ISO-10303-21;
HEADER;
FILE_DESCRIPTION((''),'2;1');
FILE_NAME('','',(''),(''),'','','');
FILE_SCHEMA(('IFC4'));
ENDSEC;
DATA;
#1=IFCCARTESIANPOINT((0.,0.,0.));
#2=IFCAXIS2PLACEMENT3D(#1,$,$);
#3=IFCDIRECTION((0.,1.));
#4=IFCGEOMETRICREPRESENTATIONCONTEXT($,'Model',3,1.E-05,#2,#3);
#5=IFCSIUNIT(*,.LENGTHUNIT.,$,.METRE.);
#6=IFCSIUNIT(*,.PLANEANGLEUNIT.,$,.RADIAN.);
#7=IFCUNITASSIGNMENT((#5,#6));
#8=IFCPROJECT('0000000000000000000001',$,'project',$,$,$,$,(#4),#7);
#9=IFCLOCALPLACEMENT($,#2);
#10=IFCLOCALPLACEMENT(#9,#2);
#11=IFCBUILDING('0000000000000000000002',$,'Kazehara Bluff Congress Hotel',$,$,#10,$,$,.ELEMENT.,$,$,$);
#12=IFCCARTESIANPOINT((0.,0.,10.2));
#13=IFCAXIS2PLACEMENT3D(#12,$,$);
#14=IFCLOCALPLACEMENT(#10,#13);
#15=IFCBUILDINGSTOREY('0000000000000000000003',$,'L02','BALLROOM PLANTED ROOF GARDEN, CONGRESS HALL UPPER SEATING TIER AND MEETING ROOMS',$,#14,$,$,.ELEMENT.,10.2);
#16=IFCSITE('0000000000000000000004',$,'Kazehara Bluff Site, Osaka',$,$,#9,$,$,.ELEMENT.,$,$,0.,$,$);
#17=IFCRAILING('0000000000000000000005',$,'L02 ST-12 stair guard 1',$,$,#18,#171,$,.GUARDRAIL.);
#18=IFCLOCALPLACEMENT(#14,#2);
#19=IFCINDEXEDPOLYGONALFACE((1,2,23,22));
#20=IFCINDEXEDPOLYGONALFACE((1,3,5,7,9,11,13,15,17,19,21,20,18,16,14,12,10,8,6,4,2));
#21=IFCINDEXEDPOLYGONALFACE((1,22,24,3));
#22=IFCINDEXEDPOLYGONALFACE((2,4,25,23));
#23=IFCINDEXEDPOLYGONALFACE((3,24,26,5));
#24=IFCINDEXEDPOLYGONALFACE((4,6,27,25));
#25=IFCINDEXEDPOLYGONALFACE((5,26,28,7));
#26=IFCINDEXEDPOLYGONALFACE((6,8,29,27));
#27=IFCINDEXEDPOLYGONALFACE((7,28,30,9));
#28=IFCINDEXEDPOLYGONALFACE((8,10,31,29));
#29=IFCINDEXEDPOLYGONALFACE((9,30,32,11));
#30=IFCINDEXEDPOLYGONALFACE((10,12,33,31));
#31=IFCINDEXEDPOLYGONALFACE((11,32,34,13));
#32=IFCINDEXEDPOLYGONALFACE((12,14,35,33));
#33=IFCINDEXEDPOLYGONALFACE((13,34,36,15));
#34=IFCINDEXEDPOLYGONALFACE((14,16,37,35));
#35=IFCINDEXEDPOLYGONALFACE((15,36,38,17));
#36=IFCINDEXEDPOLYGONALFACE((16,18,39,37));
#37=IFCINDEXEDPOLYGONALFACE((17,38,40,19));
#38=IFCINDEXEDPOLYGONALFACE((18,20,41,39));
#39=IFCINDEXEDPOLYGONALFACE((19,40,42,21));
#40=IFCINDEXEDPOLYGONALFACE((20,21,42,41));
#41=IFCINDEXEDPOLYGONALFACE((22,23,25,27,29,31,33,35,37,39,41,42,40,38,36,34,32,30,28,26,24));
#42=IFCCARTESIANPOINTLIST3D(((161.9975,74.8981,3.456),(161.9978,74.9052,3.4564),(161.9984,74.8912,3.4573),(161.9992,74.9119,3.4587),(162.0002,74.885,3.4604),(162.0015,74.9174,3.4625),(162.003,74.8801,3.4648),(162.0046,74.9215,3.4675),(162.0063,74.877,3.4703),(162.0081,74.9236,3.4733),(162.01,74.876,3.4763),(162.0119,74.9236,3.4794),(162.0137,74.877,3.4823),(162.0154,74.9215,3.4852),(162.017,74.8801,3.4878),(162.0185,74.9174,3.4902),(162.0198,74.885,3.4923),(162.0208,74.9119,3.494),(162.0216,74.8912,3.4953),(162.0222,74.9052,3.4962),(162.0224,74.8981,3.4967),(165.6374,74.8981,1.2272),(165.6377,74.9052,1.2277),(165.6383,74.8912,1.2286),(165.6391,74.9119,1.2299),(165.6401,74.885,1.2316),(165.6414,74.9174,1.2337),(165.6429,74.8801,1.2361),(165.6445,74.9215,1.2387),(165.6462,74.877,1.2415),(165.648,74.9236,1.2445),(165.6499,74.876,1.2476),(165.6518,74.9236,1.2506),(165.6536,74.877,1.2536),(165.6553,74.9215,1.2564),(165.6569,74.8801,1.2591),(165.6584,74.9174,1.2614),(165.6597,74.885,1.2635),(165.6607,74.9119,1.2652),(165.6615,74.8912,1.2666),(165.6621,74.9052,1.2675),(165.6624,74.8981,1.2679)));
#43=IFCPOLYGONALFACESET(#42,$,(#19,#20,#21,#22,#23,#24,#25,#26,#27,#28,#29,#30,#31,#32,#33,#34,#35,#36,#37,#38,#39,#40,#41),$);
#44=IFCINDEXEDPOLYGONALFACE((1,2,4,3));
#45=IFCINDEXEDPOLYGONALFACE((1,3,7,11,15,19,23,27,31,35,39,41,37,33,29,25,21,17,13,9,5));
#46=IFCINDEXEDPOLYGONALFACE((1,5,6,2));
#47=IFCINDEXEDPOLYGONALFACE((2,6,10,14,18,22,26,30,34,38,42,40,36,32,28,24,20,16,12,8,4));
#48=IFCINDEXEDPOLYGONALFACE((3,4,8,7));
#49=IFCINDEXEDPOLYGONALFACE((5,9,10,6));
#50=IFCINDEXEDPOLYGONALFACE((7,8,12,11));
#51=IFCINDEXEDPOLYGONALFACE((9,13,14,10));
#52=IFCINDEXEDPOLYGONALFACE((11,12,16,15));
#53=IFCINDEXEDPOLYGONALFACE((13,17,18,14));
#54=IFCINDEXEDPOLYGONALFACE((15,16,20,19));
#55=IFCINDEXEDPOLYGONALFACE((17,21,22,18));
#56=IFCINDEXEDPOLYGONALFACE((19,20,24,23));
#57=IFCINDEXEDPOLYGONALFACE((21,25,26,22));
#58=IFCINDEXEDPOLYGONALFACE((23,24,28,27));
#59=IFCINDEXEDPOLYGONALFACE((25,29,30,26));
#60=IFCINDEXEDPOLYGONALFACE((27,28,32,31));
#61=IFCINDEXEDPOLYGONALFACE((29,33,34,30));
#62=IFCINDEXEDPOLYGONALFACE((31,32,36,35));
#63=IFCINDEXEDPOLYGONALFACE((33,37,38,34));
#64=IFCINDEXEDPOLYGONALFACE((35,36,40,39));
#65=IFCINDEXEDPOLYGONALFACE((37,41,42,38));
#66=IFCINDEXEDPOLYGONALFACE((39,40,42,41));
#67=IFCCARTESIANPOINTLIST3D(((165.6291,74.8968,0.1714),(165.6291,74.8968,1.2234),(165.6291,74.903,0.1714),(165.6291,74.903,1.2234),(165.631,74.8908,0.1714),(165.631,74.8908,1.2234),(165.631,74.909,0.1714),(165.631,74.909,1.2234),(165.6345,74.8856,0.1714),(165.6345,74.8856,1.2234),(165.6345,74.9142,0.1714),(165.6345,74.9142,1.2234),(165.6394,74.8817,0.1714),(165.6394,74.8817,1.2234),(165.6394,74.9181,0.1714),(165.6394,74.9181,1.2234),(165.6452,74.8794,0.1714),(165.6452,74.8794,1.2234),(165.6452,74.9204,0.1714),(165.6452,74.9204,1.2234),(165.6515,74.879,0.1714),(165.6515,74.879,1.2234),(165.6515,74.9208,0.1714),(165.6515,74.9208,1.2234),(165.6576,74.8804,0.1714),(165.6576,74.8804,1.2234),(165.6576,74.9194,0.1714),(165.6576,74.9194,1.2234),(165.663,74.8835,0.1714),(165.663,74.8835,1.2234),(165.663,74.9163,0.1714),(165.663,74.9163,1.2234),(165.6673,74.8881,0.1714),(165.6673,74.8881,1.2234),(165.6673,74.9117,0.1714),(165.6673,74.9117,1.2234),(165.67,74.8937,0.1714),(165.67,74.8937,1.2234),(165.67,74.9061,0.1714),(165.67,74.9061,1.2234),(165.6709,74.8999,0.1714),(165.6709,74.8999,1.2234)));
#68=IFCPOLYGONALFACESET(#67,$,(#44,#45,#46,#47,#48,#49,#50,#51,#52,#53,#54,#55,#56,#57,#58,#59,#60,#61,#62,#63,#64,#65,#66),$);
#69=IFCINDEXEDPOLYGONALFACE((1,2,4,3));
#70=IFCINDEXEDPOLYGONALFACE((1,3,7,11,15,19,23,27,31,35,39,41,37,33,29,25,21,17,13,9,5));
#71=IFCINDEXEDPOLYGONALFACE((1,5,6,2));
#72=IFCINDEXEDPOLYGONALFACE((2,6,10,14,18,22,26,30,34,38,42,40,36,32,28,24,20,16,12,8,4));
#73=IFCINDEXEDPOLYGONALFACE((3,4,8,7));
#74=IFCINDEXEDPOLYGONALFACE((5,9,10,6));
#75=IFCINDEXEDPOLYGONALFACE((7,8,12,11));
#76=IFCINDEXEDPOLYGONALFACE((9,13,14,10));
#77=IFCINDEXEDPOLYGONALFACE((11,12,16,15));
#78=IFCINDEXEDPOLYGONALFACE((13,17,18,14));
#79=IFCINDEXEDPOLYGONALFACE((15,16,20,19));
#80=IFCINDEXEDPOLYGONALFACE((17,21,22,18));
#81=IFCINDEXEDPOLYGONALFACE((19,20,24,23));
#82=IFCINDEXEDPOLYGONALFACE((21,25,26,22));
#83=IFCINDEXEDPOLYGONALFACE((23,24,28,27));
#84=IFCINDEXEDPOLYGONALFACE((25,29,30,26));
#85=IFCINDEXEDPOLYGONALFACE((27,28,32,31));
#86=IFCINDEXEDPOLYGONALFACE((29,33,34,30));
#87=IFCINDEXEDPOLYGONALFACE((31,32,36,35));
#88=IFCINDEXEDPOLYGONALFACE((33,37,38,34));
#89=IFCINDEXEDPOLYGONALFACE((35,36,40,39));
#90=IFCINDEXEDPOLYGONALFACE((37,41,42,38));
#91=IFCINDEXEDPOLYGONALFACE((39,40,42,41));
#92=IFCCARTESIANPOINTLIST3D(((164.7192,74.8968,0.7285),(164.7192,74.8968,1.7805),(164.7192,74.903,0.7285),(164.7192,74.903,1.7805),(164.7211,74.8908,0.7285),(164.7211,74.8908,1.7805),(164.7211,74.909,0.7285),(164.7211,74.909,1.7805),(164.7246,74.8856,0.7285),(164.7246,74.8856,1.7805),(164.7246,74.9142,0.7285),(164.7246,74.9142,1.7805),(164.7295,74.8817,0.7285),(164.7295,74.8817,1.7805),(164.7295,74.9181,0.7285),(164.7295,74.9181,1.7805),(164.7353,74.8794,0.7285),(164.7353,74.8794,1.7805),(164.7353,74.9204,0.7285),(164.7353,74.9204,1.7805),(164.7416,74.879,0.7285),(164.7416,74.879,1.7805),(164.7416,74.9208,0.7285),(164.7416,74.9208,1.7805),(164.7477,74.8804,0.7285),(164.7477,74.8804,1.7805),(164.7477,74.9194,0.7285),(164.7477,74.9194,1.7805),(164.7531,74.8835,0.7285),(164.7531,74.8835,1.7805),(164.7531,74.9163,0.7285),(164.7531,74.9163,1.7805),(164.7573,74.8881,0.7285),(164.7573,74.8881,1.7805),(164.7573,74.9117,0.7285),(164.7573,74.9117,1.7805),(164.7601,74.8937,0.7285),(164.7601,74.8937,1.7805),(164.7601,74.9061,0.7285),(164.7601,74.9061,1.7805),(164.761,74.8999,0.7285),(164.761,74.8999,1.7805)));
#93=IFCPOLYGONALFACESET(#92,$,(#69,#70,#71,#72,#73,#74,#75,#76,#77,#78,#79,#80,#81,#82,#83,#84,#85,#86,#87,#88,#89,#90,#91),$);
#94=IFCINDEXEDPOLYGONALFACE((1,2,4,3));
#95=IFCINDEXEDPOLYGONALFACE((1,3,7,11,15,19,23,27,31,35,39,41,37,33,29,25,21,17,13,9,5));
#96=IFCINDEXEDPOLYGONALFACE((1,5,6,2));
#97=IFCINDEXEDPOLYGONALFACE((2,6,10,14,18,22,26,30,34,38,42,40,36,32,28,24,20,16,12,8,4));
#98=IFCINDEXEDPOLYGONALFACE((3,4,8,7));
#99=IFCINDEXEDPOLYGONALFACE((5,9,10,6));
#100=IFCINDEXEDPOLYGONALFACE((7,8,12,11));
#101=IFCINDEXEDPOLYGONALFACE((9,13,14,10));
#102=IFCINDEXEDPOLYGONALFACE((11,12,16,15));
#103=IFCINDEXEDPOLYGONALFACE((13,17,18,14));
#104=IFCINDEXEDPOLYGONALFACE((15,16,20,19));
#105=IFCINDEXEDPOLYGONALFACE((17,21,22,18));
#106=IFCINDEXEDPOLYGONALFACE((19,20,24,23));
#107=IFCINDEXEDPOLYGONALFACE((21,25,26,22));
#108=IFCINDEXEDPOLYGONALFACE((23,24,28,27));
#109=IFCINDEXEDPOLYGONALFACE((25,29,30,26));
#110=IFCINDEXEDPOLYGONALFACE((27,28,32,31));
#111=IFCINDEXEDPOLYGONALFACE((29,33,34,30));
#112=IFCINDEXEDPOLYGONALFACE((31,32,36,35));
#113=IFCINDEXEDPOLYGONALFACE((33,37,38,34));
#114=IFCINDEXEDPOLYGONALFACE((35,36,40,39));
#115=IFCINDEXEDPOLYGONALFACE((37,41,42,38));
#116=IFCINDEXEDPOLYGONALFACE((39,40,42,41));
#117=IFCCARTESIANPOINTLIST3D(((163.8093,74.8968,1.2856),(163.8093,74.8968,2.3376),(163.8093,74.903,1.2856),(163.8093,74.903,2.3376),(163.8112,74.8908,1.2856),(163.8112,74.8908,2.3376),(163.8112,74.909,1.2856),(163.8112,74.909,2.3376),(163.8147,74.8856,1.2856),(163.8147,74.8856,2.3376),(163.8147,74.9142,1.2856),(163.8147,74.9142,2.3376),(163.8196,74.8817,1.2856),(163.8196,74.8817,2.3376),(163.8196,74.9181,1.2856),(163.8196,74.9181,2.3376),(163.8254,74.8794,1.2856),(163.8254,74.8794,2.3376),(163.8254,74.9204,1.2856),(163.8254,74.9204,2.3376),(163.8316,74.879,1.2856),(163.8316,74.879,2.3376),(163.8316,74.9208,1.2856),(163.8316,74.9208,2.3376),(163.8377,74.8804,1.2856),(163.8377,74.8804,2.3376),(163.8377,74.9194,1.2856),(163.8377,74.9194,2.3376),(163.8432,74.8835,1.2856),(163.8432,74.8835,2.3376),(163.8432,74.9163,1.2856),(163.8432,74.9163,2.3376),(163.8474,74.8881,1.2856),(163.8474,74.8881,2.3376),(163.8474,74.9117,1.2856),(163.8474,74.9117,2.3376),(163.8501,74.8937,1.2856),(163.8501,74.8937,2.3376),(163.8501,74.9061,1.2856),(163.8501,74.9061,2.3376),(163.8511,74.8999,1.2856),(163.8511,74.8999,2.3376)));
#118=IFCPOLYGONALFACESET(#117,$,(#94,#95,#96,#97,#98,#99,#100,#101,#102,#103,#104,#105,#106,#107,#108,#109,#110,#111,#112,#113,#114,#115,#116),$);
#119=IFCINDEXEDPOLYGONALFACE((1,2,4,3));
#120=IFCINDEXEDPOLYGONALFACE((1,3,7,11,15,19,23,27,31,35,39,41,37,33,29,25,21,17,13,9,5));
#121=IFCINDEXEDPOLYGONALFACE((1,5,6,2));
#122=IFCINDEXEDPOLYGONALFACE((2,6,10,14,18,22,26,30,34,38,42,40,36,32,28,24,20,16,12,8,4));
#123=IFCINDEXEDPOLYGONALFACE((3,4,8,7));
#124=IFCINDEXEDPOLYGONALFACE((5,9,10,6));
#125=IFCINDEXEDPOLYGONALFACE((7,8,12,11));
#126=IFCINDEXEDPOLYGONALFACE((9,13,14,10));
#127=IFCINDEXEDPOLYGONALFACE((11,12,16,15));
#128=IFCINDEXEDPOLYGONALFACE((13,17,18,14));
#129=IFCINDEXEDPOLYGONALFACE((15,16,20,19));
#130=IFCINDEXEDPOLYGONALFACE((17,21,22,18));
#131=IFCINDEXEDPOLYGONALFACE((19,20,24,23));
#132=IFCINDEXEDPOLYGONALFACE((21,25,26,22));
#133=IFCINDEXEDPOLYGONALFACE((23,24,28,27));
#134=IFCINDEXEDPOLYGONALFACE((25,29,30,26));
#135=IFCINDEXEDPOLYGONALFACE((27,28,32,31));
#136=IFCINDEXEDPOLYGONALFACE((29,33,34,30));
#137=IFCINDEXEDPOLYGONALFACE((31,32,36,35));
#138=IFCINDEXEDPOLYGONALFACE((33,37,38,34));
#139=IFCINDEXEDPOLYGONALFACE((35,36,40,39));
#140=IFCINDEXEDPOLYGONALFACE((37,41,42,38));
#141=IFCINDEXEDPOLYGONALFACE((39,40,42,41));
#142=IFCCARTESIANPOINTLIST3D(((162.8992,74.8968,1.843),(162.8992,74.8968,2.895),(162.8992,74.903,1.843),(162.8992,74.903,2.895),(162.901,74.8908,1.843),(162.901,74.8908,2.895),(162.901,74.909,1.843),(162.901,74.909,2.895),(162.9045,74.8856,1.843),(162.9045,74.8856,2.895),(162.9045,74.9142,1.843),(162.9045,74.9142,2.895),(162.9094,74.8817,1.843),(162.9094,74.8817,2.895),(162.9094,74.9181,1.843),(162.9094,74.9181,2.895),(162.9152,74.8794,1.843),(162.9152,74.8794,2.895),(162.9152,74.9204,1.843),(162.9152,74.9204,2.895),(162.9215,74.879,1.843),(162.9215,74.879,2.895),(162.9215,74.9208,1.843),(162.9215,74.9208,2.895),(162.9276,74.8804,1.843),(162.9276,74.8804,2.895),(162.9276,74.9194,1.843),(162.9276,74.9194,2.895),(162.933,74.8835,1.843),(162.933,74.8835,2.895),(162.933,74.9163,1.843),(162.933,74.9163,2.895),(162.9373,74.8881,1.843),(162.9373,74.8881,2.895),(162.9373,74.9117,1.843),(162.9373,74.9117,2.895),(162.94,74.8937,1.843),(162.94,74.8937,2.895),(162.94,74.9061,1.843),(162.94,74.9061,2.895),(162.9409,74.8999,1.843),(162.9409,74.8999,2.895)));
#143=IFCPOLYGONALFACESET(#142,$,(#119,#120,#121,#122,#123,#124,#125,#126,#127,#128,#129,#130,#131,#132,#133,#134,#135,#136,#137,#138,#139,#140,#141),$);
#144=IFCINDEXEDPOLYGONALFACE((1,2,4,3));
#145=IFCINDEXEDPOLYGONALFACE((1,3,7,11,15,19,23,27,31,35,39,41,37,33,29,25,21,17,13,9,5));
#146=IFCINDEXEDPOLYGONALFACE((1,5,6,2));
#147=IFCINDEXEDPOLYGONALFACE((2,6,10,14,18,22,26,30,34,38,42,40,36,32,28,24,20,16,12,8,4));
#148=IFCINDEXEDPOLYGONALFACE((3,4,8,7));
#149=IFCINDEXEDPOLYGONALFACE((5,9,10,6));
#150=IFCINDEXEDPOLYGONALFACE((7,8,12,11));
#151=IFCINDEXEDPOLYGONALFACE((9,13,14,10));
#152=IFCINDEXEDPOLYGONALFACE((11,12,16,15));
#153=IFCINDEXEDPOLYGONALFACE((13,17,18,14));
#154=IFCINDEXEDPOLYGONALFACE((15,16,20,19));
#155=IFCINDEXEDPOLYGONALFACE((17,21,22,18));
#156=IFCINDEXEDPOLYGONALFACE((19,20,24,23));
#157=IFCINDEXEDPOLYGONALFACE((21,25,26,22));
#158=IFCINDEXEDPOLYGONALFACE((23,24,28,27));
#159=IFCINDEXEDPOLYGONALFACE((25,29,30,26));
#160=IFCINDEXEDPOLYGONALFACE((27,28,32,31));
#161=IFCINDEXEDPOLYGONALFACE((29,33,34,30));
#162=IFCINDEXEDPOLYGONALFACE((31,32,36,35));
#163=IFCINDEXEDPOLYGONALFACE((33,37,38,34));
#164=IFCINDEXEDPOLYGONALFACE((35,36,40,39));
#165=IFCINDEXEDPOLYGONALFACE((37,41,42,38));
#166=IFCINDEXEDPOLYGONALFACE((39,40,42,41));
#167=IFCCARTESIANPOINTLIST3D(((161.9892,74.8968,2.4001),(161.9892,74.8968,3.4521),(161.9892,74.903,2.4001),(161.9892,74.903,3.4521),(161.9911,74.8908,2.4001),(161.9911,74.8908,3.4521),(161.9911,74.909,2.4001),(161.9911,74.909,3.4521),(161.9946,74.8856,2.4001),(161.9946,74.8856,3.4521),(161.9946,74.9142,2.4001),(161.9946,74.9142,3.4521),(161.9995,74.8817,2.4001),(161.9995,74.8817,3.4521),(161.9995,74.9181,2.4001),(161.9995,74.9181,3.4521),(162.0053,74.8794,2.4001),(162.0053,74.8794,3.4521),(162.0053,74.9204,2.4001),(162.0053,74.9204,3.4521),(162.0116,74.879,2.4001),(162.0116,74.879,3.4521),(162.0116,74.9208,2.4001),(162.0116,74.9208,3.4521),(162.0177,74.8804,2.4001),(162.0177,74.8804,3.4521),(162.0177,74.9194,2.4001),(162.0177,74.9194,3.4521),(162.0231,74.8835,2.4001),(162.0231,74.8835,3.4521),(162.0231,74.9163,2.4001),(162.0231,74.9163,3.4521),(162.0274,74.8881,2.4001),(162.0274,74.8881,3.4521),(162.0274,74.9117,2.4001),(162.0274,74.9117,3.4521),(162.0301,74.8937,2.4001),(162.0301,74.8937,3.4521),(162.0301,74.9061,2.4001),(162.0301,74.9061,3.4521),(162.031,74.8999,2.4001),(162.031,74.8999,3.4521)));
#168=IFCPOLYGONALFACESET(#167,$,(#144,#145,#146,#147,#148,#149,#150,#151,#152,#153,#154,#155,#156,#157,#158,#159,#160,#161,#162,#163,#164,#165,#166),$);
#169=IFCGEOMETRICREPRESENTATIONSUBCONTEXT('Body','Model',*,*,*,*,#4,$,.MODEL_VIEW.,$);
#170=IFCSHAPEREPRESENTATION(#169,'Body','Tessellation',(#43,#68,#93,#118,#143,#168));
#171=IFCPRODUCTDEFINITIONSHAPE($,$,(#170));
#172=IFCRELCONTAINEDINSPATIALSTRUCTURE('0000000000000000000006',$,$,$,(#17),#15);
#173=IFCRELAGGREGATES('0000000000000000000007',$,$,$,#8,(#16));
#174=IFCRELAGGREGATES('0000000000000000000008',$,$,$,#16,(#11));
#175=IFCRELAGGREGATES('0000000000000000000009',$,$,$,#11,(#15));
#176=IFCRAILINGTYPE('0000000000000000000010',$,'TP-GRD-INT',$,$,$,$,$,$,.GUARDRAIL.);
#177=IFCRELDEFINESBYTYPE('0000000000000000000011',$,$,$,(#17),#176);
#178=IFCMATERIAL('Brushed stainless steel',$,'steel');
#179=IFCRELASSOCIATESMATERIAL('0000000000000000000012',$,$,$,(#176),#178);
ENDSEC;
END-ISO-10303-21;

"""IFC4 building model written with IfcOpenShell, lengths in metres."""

from ifc_helpers import new_model, si_unit, direction, frame, origin, origin_2d, place, context, subcontext, project, spatial, circle, extrude, material, type_object, element, save


model = new_model("IFC4")

# Units and contexts
model_context = context("Model", 3, precision=1e-05, world=origin(), true_north=direction((0.0, 1.0)))
body_context = subcontext(model_context, "Body", "Model", "MODEL_VIEW")
ifc_project = project(units=[si_unit("LENGTHUNIT", "METRE"), si_unit("PLANEANGLEUNIT", "RADIAN")], contexts=[model_context])

# Site, building, storey
site_placement = place(None, origin())
site = spatial("IfcSite", under=ifc_project, at=site_placement, Name="Kazehara Bluff Site, Osaka", CompositionType="ELEMENT", RefElevation=0.0)
building_placement = place(site_placement, origin())
building = spatial("IfcBuilding", under=site, at=building_placement, Name="Kazehara Bluff Congress Hotel", CompositionType="ELEMENT")
storey_placement = place(building_placement, frame((0.0, 0.0, 10.2)))
storey = spatial("IfcBuildingStorey", under=building, at=storey_placement, Name="L02", Description="BALLROOM PLANTED ROOF GARDEN, CONGRESS HALL UPPER SEATING TIER AND MEETING ROOMS", CompositionType="ELEMENT", Elevation=10.2)

# Railing
ifc_material_1 = material(Name="Brushed stainless steel", Category="steel")
railing_type_1 = type_object("IfcRailingType", Name="TP-GRD-INT", PredefinedType="GUARDRAIL", material=ifc_material_1)
railing_1_placement = place(storey_placement, frame((165.6499, 74.8999, 0.1714)))
element("IfcRailing", 1, at=railing_1_placement, inside=storey, type_object=railing_type_1, Name="L02 ST-12 stair guard 1", PredefinedType="GUARDRAIL", context=body_context, shape_type="SweptSolid", body=[
    extrude(circle(Radius=0.0239, at=origin_2d()), frame((0.0, 0.0, 1.0762), z_axis=(-0.852825, 0.0, 0.522197), x_axis=(0.0, -1.0, 0.0)), (0.0, 0.0, 1.0), 4.2681),
    extrude(circle(Radius=0.021, at=origin_2d()), origin(), (0.0, 0.0, 1.0), 1.052),
    extrude(circle(Radius=0.021, at=origin_2d()), frame((-0.9099, 0.0, 0.5571)), (0.0, 0.0, 1.0), 1.052),
    extrude(circle(Radius=0.021, at=origin_2d()), frame((-1.8198, 0.0, 1.1143)), (0.0, 0.0, 1.0), 1.052),
    extrude(circle(Radius=0.021, at=origin_2d()), frame((-2.73, 0.0, 1.6716)), (0.0, 0.0, 1.0), 1.052),
    extrude(circle(Radius=0.021, at=origin_2d()), frame((-3.6399, 0.0, 2.2288)), (0.0, 0.0, 1.0), 1.052),
])

save(model, "model.ifc")
